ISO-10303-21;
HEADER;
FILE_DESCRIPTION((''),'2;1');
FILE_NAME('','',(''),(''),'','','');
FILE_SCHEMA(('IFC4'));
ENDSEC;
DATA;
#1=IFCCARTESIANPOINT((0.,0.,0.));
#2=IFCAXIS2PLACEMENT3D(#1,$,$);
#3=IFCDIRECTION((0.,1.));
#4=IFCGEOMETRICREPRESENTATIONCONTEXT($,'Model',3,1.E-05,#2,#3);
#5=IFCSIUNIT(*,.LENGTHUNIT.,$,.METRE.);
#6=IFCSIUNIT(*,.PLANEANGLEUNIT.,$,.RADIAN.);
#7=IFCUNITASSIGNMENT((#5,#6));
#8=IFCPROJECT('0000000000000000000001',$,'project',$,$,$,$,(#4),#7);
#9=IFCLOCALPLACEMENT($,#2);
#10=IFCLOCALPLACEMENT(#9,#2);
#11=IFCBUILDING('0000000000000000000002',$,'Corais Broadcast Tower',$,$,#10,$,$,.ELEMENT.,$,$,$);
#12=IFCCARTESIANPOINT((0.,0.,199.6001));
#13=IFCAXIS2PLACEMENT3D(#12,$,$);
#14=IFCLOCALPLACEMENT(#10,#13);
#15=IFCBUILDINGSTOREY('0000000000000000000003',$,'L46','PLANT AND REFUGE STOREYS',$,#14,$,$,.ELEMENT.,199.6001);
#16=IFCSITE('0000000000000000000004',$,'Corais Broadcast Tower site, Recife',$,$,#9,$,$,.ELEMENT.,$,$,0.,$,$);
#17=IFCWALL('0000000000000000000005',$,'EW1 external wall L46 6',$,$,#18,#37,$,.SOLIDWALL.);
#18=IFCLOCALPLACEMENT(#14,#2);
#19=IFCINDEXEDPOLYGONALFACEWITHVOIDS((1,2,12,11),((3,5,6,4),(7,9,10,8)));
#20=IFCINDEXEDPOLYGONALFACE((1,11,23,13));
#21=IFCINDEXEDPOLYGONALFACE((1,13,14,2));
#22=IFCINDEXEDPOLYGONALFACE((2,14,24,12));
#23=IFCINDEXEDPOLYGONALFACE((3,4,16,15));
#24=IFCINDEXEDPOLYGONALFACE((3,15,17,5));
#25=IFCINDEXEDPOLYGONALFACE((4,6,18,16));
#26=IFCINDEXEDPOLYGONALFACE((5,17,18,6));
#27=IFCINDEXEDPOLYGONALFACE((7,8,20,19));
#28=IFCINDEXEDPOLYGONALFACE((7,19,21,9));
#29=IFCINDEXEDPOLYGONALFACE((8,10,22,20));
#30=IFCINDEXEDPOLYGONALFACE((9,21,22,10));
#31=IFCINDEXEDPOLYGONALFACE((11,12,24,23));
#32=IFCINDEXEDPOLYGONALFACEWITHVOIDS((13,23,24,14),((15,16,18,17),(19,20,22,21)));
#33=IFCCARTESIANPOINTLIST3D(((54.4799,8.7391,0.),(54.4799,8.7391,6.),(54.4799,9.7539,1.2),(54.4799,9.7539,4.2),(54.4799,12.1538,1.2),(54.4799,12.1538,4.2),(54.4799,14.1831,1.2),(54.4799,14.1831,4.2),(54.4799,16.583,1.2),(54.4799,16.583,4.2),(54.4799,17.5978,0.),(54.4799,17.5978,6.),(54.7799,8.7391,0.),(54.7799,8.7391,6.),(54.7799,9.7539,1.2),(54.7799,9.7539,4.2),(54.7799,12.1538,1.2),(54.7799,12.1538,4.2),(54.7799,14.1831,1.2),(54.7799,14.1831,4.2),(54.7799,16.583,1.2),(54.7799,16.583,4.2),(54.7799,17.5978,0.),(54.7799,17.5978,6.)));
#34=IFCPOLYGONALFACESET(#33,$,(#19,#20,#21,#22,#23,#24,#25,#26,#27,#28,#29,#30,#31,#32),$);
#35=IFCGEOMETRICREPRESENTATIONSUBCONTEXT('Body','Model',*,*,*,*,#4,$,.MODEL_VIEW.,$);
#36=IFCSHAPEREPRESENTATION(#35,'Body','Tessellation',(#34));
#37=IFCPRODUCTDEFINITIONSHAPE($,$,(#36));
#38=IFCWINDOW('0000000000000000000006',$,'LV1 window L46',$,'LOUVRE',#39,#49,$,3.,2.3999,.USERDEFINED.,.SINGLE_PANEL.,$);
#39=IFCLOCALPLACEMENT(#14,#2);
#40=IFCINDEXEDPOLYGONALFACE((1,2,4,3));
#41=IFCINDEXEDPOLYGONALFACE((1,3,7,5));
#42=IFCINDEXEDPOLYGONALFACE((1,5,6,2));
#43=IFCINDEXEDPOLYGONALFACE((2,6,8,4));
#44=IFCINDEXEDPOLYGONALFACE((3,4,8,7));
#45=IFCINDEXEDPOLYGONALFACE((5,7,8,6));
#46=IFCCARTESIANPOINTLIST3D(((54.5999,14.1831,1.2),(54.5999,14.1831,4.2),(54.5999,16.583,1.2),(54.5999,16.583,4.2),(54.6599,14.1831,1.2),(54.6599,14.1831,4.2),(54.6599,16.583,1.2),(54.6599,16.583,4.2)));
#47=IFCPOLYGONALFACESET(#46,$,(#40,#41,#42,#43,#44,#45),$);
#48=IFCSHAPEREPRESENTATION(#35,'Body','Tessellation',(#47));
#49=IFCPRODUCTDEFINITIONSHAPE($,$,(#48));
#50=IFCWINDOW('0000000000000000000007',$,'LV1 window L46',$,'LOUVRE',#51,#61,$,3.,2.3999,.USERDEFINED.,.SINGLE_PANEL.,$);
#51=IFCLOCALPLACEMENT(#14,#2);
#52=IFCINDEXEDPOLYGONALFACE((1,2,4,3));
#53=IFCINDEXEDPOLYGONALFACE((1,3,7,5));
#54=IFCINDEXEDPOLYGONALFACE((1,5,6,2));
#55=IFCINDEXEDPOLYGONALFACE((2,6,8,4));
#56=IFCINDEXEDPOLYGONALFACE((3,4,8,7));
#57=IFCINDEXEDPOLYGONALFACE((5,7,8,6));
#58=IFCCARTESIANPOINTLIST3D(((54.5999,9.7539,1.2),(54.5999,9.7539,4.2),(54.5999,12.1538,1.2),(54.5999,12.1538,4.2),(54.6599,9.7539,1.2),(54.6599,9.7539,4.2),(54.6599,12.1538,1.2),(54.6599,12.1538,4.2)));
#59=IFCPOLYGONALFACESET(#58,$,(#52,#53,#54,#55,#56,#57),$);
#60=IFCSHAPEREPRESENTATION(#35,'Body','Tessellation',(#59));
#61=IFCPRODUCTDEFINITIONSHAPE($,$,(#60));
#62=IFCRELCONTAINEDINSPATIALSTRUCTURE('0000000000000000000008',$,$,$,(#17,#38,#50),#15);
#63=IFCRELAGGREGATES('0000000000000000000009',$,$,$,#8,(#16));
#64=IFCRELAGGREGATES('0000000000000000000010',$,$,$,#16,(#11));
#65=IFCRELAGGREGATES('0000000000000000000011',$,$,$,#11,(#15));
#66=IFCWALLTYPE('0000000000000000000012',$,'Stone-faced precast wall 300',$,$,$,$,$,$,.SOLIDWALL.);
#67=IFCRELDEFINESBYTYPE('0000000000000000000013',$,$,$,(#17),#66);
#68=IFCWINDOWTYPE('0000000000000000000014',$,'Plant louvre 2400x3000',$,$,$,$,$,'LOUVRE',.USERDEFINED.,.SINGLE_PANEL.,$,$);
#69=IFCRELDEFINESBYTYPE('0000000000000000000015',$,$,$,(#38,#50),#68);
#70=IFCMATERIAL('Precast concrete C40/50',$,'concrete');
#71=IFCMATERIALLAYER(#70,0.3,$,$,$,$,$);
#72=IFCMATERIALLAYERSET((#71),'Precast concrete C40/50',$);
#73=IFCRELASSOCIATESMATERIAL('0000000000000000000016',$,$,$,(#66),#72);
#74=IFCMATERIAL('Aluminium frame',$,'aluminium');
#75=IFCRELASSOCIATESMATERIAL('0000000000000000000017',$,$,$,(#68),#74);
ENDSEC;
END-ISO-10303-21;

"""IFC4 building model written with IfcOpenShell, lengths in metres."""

from ifc_helpers import new_model, si_unit, direction, frame, frame_2d, origin, place, context, subcontext, project, spatial, rectangle, extrude, material, layer, layer_set, type_object, element, fill, save


model = new_model("IFC4")

# Units and contexts
model_context = context("Model", 3, precision=1e-05, world=origin(), true_north=direction((0.0, 1.0)))
body_context = subcontext(model_context, "Body", "Model", "MODEL_VIEW")
ifc_project = project(units=[si_unit("LENGTHUNIT", "METRE"), si_unit("PLANEANGLEUNIT", "RADIAN")], contexts=[model_context])

# Site, building, storey
site_placement = place(None, origin())
site = spatial("IfcSite", under=ifc_project, at=site_placement, Name="Corais Broadcast Tower site, Recife", CompositionType="ELEMENT", RefElevation=0.0)
building_placement = place(site_placement, origin())
building = spatial("IfcBuilding", under=site, at=building_placement, Name="Corais Broadcast Tower", CompositionType="ELEMENT")
storey_placement = place(building_placement, frame((0.0, 0.0, 199.6001)))
storey = spatial("IfcBuildingStorey", under=building, at=storey_placement, Name="L46", Description="PLANT AND REFUGE STOREYS", CompositionType="ELEMENT", Elevation=199.6001)

# Wall, openings, windows
ifc_material_1 = material(Name="Precast concrete C40/50", Category="concrete")
ifc_layer_1 = layer(ifc_material_1, 0.3)
ifc_layer_set_1 = layer_set([ifc_layer_1], Name="Precast concrete C40/50")
wall_type_1 = type_object("IfcWallType", Name="Stone-faced precast wall 300", PredefinedType="SOLIDWALL", material=ifc_layer_set_1)
wall_1_placement = place(storey_placement, frame((54.6299, 17.5977, 0.0), z_axis=(0.0, 0.0, 1.0), x_axis=(0.0, -1.0, 0.0)))
wall_1 = element("IfcWall", 1, at=wall_1_placement, inside=storey, type_object=wall_type_1, Name="EW1 external wall L46 6", PredefinedType="SOLIDWALL", context=body_context, shape_type="SweptSolid", body=[
    extrude(rectangle(XDim=8.8586, YDim=0.3, at=frame_2d((4.4292, 0.0))), origin(), (0.0, 0.0, 1.0), 6.0),
])
opening_1_placement = place(wall_1_placement, frame((1.0146, 0.0, 1.2)))
opening_1 = element("IfcOpeningElement", 2, at=opening_1_placement, cuts=wall_1, PredefinedType="OPENING", context=body_context, shape_type="SweptSolid", body=[
    extrude(rectangle(XDim=2.3999, YDim=3.0, at=frame_2d((1.2, 1.5))), frame((0.0, 0.1599, 0.0), z_axis=(0.0, -1.0, 0.0), x_axis=(1.0, 0.0, 0.0)), (0.0, 0.0, 1.0), 0.3201),
])
opening_2_placement = place(wall_1_placement, frame((5.4438, 0.0, 1.2)))
opening_2 = element("IfcOpeningElement", 3, at=opening_2_placement, cuts=wall_1, PredefinedType="OPENING", context=body_context, shape_type="SweptSolid", body=[
    extrude(rectangle(XDim=2.3999, YDim=3.0, at=frame_2d((1.2, 1.5))), frame((0.0, 0.1599, 0.0), z_axis=(0.0, -1.0, 0.0), x_axis=(1.0, 0.0, 0.0)), (0.0, 0.0, 1.0), 0.3201),
])
ifc_material_2 = material(Name="Aluminium frame", Category="aluminium")
window_type = type_object("IfcWindowType", Name="Plant louvre 2400x3000", ElementType="LOUVRE", PartitioningType="SINGLE_PANEL", PredefinedType="USERDEFINED", material=ifc_material_2)
window_1_placement = place(opening_1_placement, origin())
window_1 = element("IfcWindow", 4, at=window_1_placement, inside=storey, type_object=window_type, Name="LV1 window L46", ObjectType="LOUVRE", OverallHeight=3.0, OverallWidth=2.3999, PartitioningType="SINGLE_PANEL", PredefinedType="USERDEFINED", context=body_context, shape_type="SweptSolid", body=[
    extrude(rectangle(XDim=2.3999, YDim=3.0, at=frame_2d((1.2, 1.5))), frame((0.0, 0.03, 0.0), z_axis=(0.0, -1.0, 0.0), x_axis=(1.0, 0.0, 0.0)), (0.0, 0.0, 1.0), 0.0601),
])
fill(opening_1, window_1)
window_2_placement = place(opening_2_placement, origin())
window_2 = element("IfcWindow", 5, at=window_2_placement, inside=storey, type_object=window_type, Name="LV1 window L46", ObjectType="LOUVRE", OverallHeight=3.0, OverallWidth=2.3999, PartitioningType="SINGLE_PANEL", PredefinedType="USERDEFINED", context=body_context, shape_type="SweptSolid", body=[
    extrude(rectangle(XDim=2.3999, YDim=3.0, at=frame_2d((1.2, 1.5))), frame((0.0, 0.03, 0.0), z_axis=(0.0, -1.0, 0.0), x_axis=(1.0, 0.0, 0.0)), (0.0, 0.0, 1.0), 0.0601),
])
fill(opening_2, window_2)

save(model, "model.ifc")
